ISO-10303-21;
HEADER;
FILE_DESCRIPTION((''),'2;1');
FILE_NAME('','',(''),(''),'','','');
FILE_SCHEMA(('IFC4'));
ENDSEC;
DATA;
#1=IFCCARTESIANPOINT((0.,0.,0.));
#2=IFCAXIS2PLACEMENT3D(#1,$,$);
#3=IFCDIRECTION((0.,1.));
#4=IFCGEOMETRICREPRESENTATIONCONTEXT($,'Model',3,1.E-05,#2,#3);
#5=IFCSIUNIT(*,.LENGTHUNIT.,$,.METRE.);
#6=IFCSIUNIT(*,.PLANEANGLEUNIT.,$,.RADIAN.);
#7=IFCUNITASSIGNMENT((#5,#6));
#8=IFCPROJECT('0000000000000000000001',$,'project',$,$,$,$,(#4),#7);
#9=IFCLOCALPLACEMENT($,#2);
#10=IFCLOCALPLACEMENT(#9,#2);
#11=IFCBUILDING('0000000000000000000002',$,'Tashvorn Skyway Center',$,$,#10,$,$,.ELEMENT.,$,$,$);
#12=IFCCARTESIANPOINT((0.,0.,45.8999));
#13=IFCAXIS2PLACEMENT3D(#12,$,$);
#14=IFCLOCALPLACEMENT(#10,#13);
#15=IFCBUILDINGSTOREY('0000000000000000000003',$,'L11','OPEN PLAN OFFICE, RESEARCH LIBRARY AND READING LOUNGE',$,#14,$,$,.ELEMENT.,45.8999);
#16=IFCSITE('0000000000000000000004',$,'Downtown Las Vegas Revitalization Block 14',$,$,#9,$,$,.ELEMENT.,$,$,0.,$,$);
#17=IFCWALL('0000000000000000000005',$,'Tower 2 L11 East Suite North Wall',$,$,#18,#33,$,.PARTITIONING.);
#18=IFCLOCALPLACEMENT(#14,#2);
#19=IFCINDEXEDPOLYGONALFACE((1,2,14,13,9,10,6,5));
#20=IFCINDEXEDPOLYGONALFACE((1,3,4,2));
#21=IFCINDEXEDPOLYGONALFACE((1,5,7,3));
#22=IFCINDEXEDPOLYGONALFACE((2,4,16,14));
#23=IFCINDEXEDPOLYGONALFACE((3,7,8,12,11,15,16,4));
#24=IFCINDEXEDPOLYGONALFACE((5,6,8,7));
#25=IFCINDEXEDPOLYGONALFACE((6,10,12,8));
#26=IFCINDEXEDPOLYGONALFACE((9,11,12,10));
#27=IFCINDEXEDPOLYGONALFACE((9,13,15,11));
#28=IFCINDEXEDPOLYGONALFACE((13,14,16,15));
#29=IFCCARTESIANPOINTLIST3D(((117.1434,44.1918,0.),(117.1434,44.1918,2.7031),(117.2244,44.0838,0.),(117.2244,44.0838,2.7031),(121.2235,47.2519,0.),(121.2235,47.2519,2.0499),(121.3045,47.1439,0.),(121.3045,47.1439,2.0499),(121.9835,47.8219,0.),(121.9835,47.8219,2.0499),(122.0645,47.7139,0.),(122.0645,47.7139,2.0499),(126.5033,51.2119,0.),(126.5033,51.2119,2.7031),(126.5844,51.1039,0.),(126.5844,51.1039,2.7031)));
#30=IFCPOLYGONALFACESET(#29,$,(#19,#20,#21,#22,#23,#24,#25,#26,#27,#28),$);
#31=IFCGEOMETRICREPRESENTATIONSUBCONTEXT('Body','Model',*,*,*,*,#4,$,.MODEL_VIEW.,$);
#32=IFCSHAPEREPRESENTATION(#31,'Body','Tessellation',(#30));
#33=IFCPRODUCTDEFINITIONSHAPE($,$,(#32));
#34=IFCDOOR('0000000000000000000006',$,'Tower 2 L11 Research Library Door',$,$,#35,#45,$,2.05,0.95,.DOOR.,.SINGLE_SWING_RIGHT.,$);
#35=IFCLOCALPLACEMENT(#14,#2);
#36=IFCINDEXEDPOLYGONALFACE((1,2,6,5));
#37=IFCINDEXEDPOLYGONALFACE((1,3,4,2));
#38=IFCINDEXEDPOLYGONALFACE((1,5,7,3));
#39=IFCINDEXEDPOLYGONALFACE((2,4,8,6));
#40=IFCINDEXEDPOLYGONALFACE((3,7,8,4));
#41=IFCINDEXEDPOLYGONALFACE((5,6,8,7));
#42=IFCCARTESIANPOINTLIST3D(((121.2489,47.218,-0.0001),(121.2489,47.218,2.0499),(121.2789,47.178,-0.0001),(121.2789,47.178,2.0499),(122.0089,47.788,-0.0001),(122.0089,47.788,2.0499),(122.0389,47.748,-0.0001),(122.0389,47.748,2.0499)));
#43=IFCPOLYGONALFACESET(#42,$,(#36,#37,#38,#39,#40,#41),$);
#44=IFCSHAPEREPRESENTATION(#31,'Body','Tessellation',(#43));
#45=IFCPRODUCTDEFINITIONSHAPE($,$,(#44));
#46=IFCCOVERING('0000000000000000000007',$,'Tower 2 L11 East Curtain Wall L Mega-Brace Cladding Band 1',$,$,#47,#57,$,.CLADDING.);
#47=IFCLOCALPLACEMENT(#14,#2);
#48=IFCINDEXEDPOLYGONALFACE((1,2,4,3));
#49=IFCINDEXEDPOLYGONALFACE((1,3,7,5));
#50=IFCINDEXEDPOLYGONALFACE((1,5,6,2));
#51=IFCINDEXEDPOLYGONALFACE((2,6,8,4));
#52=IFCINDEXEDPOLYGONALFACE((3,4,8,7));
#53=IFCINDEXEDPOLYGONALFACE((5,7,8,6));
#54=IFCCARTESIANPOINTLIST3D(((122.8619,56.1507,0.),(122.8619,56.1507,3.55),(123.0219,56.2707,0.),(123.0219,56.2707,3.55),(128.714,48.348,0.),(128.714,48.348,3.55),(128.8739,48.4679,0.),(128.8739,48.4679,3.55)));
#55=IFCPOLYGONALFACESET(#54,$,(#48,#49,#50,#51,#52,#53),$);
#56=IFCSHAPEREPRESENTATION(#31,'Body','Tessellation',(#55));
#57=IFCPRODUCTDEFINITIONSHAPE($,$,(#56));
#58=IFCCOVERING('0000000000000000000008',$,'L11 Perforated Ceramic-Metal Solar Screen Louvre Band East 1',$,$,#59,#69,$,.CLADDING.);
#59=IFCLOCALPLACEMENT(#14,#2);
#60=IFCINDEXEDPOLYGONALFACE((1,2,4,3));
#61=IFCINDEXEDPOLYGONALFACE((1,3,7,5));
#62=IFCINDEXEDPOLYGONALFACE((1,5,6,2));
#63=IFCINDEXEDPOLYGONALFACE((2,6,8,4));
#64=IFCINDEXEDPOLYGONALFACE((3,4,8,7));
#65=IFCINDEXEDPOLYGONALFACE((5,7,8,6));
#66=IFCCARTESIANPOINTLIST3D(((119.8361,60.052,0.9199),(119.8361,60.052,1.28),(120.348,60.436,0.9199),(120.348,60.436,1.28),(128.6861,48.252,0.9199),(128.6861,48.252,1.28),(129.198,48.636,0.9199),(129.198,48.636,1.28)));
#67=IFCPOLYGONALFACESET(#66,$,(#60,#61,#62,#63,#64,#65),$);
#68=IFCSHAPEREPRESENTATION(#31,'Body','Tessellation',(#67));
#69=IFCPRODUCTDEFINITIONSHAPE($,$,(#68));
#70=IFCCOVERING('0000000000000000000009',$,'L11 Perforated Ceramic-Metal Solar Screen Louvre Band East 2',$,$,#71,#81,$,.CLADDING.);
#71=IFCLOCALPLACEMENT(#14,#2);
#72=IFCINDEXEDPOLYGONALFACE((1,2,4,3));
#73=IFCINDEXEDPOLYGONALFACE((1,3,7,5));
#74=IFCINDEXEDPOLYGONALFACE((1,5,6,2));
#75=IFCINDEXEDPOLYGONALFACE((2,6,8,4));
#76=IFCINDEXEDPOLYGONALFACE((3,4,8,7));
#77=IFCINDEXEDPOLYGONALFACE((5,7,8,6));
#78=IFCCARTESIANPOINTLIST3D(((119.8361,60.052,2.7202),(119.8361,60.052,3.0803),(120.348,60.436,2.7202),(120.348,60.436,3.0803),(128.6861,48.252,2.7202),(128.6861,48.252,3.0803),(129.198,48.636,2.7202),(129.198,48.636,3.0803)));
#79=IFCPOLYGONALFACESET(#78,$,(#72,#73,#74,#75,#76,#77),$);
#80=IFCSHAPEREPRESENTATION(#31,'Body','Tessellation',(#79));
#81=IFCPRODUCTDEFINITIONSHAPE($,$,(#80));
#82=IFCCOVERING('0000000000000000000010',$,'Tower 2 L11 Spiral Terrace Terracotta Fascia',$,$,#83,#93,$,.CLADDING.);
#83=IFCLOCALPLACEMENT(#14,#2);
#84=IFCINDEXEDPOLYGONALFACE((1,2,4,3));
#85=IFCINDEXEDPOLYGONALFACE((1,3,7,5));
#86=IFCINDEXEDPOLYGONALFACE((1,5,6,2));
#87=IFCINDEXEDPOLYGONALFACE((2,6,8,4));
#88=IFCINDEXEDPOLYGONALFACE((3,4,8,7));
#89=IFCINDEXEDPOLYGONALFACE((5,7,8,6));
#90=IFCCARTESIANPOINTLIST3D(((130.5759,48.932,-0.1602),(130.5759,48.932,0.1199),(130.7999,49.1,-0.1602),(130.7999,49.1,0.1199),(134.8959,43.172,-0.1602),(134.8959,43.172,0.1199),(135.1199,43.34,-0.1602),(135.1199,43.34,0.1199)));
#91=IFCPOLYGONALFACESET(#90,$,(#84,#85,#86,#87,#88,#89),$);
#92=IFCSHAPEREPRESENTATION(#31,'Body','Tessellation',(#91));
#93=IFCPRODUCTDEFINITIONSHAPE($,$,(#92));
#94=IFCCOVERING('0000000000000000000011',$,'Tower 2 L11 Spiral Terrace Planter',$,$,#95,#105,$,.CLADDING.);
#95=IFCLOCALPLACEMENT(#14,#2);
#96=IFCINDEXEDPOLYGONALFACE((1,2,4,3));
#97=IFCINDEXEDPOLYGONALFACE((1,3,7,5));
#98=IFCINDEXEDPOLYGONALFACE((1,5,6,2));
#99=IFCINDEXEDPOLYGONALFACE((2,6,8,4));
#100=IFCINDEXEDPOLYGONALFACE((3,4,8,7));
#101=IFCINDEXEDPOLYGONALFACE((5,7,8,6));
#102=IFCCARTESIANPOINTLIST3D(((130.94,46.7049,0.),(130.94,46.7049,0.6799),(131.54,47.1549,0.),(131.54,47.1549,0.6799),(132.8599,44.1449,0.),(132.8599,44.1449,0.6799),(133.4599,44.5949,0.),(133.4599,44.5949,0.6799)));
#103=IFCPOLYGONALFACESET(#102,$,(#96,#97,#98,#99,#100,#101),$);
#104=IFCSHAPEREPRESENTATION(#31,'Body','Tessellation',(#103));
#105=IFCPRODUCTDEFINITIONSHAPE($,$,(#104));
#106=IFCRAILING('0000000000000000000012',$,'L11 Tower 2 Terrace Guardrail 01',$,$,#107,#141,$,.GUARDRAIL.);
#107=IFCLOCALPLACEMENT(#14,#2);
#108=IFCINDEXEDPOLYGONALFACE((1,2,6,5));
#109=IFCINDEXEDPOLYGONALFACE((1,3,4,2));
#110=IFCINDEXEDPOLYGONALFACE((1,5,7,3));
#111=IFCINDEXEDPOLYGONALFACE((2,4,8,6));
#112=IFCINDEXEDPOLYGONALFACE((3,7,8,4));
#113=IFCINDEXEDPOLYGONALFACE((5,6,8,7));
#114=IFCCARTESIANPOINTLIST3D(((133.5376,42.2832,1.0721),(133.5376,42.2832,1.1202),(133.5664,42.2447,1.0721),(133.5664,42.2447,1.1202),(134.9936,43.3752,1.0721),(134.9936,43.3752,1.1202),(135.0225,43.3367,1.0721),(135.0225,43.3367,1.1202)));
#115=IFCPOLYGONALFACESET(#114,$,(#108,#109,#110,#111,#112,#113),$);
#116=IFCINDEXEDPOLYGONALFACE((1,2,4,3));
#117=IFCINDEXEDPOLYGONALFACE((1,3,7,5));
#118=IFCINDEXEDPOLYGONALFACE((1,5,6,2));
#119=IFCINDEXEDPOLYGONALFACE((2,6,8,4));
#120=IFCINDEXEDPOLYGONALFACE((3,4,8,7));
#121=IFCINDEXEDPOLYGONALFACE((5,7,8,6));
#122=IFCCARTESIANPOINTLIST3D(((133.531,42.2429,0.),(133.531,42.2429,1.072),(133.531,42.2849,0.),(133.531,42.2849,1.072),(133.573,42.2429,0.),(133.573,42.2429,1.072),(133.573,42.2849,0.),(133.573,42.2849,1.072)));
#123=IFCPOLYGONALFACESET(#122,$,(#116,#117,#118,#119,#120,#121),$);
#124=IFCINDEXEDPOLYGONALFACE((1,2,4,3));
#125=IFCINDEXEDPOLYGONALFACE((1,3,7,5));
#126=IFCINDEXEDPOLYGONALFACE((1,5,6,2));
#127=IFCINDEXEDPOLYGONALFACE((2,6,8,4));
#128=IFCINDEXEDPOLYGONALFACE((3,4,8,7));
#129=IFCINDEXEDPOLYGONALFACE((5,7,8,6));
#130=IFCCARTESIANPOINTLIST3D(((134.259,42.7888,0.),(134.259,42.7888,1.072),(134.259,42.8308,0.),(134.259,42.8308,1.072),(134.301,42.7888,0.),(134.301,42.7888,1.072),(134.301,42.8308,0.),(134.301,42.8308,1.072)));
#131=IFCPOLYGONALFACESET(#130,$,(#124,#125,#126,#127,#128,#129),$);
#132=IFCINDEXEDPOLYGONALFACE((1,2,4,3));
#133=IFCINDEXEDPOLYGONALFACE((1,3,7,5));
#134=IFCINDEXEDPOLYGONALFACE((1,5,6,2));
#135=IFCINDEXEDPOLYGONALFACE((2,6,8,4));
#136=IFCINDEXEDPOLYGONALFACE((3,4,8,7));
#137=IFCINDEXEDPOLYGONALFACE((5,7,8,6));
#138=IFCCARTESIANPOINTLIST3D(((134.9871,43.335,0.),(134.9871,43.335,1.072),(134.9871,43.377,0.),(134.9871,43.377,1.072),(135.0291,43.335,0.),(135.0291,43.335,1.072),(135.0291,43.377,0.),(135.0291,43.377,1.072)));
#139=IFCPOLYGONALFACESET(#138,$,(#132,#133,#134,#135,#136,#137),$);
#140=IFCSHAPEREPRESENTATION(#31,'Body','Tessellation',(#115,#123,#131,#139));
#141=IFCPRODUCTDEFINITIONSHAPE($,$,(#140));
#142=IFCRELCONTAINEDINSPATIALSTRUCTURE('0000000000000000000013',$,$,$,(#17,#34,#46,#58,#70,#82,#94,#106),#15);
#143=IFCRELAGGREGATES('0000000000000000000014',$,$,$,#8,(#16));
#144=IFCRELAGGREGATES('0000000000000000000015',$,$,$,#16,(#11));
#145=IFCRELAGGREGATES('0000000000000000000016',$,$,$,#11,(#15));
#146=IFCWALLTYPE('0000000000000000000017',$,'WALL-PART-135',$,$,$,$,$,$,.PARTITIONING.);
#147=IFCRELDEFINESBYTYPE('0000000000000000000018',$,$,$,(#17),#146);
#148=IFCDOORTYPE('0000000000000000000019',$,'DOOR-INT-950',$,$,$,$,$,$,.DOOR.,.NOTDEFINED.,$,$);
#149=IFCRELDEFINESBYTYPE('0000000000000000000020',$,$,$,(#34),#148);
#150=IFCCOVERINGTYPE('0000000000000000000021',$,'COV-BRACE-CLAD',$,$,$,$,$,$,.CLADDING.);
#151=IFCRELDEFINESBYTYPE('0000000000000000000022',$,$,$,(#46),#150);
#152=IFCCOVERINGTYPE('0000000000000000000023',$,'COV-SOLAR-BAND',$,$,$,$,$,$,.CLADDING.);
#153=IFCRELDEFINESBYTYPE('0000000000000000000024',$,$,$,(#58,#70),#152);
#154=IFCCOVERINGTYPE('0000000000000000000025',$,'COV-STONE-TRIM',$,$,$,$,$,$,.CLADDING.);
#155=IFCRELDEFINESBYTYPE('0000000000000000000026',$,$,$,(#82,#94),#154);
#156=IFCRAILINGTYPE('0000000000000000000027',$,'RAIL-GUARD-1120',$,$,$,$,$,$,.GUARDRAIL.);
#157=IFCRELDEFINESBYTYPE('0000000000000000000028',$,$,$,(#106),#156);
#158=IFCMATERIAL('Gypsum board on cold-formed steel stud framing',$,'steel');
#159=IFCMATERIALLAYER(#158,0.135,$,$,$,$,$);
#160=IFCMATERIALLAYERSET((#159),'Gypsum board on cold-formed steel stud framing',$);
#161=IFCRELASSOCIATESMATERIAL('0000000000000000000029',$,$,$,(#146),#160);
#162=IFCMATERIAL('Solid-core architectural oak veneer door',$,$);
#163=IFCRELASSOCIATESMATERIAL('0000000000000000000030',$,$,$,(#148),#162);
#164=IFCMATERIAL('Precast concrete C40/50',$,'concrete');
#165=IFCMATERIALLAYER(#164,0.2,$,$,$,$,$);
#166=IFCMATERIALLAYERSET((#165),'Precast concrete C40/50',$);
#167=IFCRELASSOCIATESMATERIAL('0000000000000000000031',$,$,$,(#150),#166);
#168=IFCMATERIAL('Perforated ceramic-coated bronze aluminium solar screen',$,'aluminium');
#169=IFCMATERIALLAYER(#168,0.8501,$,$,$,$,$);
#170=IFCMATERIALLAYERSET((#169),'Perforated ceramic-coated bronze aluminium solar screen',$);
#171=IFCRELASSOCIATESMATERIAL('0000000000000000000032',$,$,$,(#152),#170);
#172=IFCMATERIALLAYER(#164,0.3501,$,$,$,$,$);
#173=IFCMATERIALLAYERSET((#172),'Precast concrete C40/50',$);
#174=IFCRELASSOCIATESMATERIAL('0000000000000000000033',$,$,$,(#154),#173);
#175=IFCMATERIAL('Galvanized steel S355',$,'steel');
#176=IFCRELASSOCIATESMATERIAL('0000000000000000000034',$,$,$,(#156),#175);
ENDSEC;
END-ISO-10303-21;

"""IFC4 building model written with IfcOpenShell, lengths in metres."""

from ifc_helpers import new_model, si_unit, direction, frame, frame_2d, origin, origin_2d, place, context, subcontext, project, spatial, rectangle, extrude, material, layer, layer_set, type_object, element, fill, save


model = new_model("IFC4")

# Units and contexts
model_context = context("Model", 3, precision=1e-05, world=origin(), true_north=direction((0.0, 1.0)))
body_context = subcontext(model_context, "Body", "Model", "MODEL_VIEW")
ifc_project = project(units=[si_unit("LENGTHUNIT", "METRE"), si_unit("PLANEANGLEUNIT", "RADIAN")], contexts=[model_context])

# Site, building, storey
site_placement = place(None, origin())
site = spatial("IfcSite", under=ifc_project, at=site_placement, Name="Downtown Las Vegas Revitalization Block 14", CompositionType="ELEMENT", RefElevation=0.0)
building_placement = place(site_placement, origin())
building = spatial("IfcBuilding", under=site, at=building_placement, Name="Tashvorn Skyway Center", CompositionType="ELEMENT")
storey_placement = place(building_placement, frame((0.0, 0.0, 45.8999)))
storey = spatial("IfcBuildingStorey", under=building, at=storey_placement, Name="L11", Description="OPEN PLAN OFFICE, RESEARCH LIBRARY AND READING LOUNGE", CompositionType="ELEMENT", Elevation=45.8999)

# Shared definitions
ifc_material_1 = material(Name="Precast concrete C40/50", Category="concrete")

# Shared definitions
ifc_material_2 = material(Name="Gypsum board on cold-formed steel stud framing", Category="steel")
ifc_layer_1 = layer(ifc_material_2, 0.135)
ifc_layer_set_1 = layer_set([ifc_layer_1], Name="Gypsum board on cold-formed steel stud framing")
wall_type_1 = type_object("IfcWallType", Name="WALL-PART-135", PredefinedType="PARTITIONING", material=ifc_layer_set_1)

# Wall, opening, door
wall_1_placement = place(storey_placement, frame((126.5439, 51.158, 0.0), z_axis=(0.0, 0.0, 1.0), x_axis=(-0.799995, -0.600007, 0.0)))
wall_1 = element("IfcWall", 1, at=wall_1_placement, inside=storey, type_object=wall_type_1, Name="Tower 2 L11 East Suite North Wall", PredefinedType="PARTITIONING", context=body_context, shape_type="SweptSolid", body=[
    extrude(rectangle(XDim=11.7, YDim=0.135, at=frame_2d((5.8501, 0.0))), origin(), (0.0, 0.0, 1.0), 2.7031),
])
opening_1_placement = place(wall_1_placement, frame((5.6499, 0.0, 0.0)))
opening_1 = element("IfcOpeningElement", 2, at=opening_1_placement, cuts=wall_1, PredefinedType="OPENING", context=body_context, shape_type="SweptSolid", body=[
    extrude(rectangle(XDim=0.95, YDim=2.05, at=frame_2d((0.4751, 1.0249))), frame((0.0, 0.0774, 0.0), z_axis=(0.0, -1.0, 0.0), x_axis=(1.0, 0.0, 0.0)), (0.0, 0.0, 1.0), 0.155),
])
ifc_material_3 = material(Name="Solid-core architectural oak veneer door")
door_type_1 = type_object("IfcDoorType", Name="DOOR-INT-950", OperationType="NOTDEFINED", PredefinedType="DOOR", material=ifc_material_3)
door_1_placement = place(opening_1_placement, origin())
door_1 = element("IfcDoor", 3, at=door_1_placement, inside=storey, type_object=door_type_1, Name="Tower 2 L11 Research Library Door", OperationType="SINGLE_SWING_RIGHT", OverallHeight=2.05, OverallWidth=0.95, PredefinedType="DOOR", context=body_context, shape_type="SweptSolid", body=[
    extrude(rectangle(XDim=0.95, YDim=2.05, at=frame_2d((0.4751, 1.0249))), frame((0.0, 0.0249, 0.0), z_axis=(0.0, -1.0, 0.0), x_axis=(1.0, 0.0, 0.0)), (0.0, 0.0, 1.0), 0.05),
])
fill(opening_1, door_1)

# Coverings
ifc_layer_2 = layer(ifc_material_1, 0.2)
ifc_layer_set_2 = layer_set([ifc_layer_2], Name="Precast concrete C40/50")
covering_type_1 = type_object("IfcCoveringType", Name="COV-BRACE-CLAD", PredefinedType="CLADDING", material=ifc_layer_set_2)
covering_1_placement = place(storey_placement, frame((125.8679, 52.3093, 0.0), z_axis=(0.0, 0.0, 1.0), x_axis=(0.6, -0.8, 0.0)))
element("IfcCovering", 4, at=covering_1_placement, inside=storey, type_object=covering_type_1, Name="Tower 2 L11 East Curtain Wall L Mega-Brace Cladding Band 1", PredefinedType="CLADDING", context=body_context, shape_type="SweptSolid", body=[
    extrude(rectangle(XDim=9.7534, YDim=0.2, at=origin_2d()), origin(), (0.0, 0.0, 1.0), 3.55),
])
ifc_material_4 = material(Name="Perforated ceramic-coated bronze aluminium solar screen", Category="aluminium")
ifc_layer_3 = layer(ifc_material_4, 0.8501)
ifc_layer_set_3 = layer_set([ifc_layer_3], Name="Perforated ceramic-coated bronze aluminium solar screen")
covering_type_2 = type_object("IfcCoveringType", Name="COV-SOLAR-BAND", PredefinedType="CLADDING", material=ifc_layer_set_3)
for number, where, z_axis, x_axis, name in (
    (5, (124.5171, 54.344, 0.9199), (0.0, 0.0, 1.0), (0.6, -0.8, 0.0), "L11 Perforated Ceramic-Metal Solar Screen Louvre Band East 1"),
    (6, (124.5171, 54.344, 2.7202), (0.0, 0.0, 1.0), (0.6, -0.8, 0.0), "L11 Perforated Ceramic-Metal Solar Screen Louvre Band East 2"),
):
    element("IfcCovering", number, at=place(storey_placement, frame(where, z_axis=z_axis, x_axis=x_axis)), inside=storey, type_object=covering_type_2, Name=name, PredefinedType="CLADDING", context=body_context, shape_type="SweptSolid", body=[
        extrude(rectangle(XDim=14.75, YDim=0.6399, at=origin_2d()), origin(), (0.0, 0.0, 1.0), 0.3601),
    ])
ifc_layer_4 = layer(ifc_material_1, 0.3501)
ifc_layer_set_4 = layer_set([ifc_layer_4], Name="Precast concrete C40/50")
covering_type_3 = type_object("IfcCoveringType", Name="COV-STONE-TRIM", PredefinedType="CLADDING", material=ifc_layer_set_4)
covering_2_placement = place(storey_placement, frame((132.8479, 46.136, -0.1602), z_axis=(0.0, 0.0, 1.0), x_axis=(0.6, -0.8, 0.0)))
element("IfcCovering", 7, at=covering_2_placement, inside=storey, type_object=covering_type_3, Name="Tower 2 L11 Spiral Terrace Terracotta Fascia", PredefinedType="CLADDING", context=body_context, shape_type="SweptSolid", body=[
    extrude(rectangle(XDim=7.2, YDim=0.28, at=origin_2d()), origin(), (0.0, 0.0, 1.0), 0.28),
])
covering_3_placement = place(storey_placement, frame((132.2, 45.6499, 0.0), z_axis=(0.0, 0.0, 1.0), x_axis=(0.6, -0.8, 0.0)))
element("IfcCovering", 8, at=covering_3_placement, inside=storey, type_object=covering_type_3, Name="Tower 2 L11 Spiral Terrace Planter", PredefinedType="CLADDING", context=body_context, shape_type="SweptSolid", body=[
    extrude(rectangle(XDim=3.2, YDim=0.75, at=origin_2d()), origin(), (0.0, 0.0, 1.0), 0.6799),
])

# Railing
ifc_material_5 = material(Name="Galvanized steel S355", Category="steel")
railing_type = type_object("IfcRailingType", Name="RAIL-GUARD-1120", PredefinedType="GUARDRAIL", material=ifc_material_5)
railing_1_placement = place(storey_placement, frame((133.552, 42.2639, 0.0)))
element("IfcRailing", 9, at=railing_1_placement, inside=storey, type_object=railing_type, Name="L11 Tower 2 Terrace Guardrail 01", PredefinedType="GUARDRAIL", context=body_context, shape_type="SweptSolid", body=[
    extrude(rectangle(XDim=0.0481, YDim=0.0481, at=origin_2d()), frame((0.0, 0.0, 1.0962), z_axis=(0.8, 0.6, 0.0), x_axis=(-0.6, 0.8, 0.0)), (0.0, 0.0, 1.0), 1.8201),
    extrude(rectangle(XDim=0.042, YDim=0.042, at=origin_2d()), origin(), (0.0, 0.0, 1.0), 1.072),
    extrude(rectangle(XDim=0.042, YDim=0.042, at=origin_2d()), frame((0.728, 0.5459, 0.0)), (0.0, 0.0, 1.0), 1.072),
    extrude(rectangle(XDim=0.042, YDim=0.042, at=origin_2d()), frame((1.4561, 1.092, 0.0)), (0.0, 0.0, 1.0), 1.072),
])

save(model, "model.ifc")
